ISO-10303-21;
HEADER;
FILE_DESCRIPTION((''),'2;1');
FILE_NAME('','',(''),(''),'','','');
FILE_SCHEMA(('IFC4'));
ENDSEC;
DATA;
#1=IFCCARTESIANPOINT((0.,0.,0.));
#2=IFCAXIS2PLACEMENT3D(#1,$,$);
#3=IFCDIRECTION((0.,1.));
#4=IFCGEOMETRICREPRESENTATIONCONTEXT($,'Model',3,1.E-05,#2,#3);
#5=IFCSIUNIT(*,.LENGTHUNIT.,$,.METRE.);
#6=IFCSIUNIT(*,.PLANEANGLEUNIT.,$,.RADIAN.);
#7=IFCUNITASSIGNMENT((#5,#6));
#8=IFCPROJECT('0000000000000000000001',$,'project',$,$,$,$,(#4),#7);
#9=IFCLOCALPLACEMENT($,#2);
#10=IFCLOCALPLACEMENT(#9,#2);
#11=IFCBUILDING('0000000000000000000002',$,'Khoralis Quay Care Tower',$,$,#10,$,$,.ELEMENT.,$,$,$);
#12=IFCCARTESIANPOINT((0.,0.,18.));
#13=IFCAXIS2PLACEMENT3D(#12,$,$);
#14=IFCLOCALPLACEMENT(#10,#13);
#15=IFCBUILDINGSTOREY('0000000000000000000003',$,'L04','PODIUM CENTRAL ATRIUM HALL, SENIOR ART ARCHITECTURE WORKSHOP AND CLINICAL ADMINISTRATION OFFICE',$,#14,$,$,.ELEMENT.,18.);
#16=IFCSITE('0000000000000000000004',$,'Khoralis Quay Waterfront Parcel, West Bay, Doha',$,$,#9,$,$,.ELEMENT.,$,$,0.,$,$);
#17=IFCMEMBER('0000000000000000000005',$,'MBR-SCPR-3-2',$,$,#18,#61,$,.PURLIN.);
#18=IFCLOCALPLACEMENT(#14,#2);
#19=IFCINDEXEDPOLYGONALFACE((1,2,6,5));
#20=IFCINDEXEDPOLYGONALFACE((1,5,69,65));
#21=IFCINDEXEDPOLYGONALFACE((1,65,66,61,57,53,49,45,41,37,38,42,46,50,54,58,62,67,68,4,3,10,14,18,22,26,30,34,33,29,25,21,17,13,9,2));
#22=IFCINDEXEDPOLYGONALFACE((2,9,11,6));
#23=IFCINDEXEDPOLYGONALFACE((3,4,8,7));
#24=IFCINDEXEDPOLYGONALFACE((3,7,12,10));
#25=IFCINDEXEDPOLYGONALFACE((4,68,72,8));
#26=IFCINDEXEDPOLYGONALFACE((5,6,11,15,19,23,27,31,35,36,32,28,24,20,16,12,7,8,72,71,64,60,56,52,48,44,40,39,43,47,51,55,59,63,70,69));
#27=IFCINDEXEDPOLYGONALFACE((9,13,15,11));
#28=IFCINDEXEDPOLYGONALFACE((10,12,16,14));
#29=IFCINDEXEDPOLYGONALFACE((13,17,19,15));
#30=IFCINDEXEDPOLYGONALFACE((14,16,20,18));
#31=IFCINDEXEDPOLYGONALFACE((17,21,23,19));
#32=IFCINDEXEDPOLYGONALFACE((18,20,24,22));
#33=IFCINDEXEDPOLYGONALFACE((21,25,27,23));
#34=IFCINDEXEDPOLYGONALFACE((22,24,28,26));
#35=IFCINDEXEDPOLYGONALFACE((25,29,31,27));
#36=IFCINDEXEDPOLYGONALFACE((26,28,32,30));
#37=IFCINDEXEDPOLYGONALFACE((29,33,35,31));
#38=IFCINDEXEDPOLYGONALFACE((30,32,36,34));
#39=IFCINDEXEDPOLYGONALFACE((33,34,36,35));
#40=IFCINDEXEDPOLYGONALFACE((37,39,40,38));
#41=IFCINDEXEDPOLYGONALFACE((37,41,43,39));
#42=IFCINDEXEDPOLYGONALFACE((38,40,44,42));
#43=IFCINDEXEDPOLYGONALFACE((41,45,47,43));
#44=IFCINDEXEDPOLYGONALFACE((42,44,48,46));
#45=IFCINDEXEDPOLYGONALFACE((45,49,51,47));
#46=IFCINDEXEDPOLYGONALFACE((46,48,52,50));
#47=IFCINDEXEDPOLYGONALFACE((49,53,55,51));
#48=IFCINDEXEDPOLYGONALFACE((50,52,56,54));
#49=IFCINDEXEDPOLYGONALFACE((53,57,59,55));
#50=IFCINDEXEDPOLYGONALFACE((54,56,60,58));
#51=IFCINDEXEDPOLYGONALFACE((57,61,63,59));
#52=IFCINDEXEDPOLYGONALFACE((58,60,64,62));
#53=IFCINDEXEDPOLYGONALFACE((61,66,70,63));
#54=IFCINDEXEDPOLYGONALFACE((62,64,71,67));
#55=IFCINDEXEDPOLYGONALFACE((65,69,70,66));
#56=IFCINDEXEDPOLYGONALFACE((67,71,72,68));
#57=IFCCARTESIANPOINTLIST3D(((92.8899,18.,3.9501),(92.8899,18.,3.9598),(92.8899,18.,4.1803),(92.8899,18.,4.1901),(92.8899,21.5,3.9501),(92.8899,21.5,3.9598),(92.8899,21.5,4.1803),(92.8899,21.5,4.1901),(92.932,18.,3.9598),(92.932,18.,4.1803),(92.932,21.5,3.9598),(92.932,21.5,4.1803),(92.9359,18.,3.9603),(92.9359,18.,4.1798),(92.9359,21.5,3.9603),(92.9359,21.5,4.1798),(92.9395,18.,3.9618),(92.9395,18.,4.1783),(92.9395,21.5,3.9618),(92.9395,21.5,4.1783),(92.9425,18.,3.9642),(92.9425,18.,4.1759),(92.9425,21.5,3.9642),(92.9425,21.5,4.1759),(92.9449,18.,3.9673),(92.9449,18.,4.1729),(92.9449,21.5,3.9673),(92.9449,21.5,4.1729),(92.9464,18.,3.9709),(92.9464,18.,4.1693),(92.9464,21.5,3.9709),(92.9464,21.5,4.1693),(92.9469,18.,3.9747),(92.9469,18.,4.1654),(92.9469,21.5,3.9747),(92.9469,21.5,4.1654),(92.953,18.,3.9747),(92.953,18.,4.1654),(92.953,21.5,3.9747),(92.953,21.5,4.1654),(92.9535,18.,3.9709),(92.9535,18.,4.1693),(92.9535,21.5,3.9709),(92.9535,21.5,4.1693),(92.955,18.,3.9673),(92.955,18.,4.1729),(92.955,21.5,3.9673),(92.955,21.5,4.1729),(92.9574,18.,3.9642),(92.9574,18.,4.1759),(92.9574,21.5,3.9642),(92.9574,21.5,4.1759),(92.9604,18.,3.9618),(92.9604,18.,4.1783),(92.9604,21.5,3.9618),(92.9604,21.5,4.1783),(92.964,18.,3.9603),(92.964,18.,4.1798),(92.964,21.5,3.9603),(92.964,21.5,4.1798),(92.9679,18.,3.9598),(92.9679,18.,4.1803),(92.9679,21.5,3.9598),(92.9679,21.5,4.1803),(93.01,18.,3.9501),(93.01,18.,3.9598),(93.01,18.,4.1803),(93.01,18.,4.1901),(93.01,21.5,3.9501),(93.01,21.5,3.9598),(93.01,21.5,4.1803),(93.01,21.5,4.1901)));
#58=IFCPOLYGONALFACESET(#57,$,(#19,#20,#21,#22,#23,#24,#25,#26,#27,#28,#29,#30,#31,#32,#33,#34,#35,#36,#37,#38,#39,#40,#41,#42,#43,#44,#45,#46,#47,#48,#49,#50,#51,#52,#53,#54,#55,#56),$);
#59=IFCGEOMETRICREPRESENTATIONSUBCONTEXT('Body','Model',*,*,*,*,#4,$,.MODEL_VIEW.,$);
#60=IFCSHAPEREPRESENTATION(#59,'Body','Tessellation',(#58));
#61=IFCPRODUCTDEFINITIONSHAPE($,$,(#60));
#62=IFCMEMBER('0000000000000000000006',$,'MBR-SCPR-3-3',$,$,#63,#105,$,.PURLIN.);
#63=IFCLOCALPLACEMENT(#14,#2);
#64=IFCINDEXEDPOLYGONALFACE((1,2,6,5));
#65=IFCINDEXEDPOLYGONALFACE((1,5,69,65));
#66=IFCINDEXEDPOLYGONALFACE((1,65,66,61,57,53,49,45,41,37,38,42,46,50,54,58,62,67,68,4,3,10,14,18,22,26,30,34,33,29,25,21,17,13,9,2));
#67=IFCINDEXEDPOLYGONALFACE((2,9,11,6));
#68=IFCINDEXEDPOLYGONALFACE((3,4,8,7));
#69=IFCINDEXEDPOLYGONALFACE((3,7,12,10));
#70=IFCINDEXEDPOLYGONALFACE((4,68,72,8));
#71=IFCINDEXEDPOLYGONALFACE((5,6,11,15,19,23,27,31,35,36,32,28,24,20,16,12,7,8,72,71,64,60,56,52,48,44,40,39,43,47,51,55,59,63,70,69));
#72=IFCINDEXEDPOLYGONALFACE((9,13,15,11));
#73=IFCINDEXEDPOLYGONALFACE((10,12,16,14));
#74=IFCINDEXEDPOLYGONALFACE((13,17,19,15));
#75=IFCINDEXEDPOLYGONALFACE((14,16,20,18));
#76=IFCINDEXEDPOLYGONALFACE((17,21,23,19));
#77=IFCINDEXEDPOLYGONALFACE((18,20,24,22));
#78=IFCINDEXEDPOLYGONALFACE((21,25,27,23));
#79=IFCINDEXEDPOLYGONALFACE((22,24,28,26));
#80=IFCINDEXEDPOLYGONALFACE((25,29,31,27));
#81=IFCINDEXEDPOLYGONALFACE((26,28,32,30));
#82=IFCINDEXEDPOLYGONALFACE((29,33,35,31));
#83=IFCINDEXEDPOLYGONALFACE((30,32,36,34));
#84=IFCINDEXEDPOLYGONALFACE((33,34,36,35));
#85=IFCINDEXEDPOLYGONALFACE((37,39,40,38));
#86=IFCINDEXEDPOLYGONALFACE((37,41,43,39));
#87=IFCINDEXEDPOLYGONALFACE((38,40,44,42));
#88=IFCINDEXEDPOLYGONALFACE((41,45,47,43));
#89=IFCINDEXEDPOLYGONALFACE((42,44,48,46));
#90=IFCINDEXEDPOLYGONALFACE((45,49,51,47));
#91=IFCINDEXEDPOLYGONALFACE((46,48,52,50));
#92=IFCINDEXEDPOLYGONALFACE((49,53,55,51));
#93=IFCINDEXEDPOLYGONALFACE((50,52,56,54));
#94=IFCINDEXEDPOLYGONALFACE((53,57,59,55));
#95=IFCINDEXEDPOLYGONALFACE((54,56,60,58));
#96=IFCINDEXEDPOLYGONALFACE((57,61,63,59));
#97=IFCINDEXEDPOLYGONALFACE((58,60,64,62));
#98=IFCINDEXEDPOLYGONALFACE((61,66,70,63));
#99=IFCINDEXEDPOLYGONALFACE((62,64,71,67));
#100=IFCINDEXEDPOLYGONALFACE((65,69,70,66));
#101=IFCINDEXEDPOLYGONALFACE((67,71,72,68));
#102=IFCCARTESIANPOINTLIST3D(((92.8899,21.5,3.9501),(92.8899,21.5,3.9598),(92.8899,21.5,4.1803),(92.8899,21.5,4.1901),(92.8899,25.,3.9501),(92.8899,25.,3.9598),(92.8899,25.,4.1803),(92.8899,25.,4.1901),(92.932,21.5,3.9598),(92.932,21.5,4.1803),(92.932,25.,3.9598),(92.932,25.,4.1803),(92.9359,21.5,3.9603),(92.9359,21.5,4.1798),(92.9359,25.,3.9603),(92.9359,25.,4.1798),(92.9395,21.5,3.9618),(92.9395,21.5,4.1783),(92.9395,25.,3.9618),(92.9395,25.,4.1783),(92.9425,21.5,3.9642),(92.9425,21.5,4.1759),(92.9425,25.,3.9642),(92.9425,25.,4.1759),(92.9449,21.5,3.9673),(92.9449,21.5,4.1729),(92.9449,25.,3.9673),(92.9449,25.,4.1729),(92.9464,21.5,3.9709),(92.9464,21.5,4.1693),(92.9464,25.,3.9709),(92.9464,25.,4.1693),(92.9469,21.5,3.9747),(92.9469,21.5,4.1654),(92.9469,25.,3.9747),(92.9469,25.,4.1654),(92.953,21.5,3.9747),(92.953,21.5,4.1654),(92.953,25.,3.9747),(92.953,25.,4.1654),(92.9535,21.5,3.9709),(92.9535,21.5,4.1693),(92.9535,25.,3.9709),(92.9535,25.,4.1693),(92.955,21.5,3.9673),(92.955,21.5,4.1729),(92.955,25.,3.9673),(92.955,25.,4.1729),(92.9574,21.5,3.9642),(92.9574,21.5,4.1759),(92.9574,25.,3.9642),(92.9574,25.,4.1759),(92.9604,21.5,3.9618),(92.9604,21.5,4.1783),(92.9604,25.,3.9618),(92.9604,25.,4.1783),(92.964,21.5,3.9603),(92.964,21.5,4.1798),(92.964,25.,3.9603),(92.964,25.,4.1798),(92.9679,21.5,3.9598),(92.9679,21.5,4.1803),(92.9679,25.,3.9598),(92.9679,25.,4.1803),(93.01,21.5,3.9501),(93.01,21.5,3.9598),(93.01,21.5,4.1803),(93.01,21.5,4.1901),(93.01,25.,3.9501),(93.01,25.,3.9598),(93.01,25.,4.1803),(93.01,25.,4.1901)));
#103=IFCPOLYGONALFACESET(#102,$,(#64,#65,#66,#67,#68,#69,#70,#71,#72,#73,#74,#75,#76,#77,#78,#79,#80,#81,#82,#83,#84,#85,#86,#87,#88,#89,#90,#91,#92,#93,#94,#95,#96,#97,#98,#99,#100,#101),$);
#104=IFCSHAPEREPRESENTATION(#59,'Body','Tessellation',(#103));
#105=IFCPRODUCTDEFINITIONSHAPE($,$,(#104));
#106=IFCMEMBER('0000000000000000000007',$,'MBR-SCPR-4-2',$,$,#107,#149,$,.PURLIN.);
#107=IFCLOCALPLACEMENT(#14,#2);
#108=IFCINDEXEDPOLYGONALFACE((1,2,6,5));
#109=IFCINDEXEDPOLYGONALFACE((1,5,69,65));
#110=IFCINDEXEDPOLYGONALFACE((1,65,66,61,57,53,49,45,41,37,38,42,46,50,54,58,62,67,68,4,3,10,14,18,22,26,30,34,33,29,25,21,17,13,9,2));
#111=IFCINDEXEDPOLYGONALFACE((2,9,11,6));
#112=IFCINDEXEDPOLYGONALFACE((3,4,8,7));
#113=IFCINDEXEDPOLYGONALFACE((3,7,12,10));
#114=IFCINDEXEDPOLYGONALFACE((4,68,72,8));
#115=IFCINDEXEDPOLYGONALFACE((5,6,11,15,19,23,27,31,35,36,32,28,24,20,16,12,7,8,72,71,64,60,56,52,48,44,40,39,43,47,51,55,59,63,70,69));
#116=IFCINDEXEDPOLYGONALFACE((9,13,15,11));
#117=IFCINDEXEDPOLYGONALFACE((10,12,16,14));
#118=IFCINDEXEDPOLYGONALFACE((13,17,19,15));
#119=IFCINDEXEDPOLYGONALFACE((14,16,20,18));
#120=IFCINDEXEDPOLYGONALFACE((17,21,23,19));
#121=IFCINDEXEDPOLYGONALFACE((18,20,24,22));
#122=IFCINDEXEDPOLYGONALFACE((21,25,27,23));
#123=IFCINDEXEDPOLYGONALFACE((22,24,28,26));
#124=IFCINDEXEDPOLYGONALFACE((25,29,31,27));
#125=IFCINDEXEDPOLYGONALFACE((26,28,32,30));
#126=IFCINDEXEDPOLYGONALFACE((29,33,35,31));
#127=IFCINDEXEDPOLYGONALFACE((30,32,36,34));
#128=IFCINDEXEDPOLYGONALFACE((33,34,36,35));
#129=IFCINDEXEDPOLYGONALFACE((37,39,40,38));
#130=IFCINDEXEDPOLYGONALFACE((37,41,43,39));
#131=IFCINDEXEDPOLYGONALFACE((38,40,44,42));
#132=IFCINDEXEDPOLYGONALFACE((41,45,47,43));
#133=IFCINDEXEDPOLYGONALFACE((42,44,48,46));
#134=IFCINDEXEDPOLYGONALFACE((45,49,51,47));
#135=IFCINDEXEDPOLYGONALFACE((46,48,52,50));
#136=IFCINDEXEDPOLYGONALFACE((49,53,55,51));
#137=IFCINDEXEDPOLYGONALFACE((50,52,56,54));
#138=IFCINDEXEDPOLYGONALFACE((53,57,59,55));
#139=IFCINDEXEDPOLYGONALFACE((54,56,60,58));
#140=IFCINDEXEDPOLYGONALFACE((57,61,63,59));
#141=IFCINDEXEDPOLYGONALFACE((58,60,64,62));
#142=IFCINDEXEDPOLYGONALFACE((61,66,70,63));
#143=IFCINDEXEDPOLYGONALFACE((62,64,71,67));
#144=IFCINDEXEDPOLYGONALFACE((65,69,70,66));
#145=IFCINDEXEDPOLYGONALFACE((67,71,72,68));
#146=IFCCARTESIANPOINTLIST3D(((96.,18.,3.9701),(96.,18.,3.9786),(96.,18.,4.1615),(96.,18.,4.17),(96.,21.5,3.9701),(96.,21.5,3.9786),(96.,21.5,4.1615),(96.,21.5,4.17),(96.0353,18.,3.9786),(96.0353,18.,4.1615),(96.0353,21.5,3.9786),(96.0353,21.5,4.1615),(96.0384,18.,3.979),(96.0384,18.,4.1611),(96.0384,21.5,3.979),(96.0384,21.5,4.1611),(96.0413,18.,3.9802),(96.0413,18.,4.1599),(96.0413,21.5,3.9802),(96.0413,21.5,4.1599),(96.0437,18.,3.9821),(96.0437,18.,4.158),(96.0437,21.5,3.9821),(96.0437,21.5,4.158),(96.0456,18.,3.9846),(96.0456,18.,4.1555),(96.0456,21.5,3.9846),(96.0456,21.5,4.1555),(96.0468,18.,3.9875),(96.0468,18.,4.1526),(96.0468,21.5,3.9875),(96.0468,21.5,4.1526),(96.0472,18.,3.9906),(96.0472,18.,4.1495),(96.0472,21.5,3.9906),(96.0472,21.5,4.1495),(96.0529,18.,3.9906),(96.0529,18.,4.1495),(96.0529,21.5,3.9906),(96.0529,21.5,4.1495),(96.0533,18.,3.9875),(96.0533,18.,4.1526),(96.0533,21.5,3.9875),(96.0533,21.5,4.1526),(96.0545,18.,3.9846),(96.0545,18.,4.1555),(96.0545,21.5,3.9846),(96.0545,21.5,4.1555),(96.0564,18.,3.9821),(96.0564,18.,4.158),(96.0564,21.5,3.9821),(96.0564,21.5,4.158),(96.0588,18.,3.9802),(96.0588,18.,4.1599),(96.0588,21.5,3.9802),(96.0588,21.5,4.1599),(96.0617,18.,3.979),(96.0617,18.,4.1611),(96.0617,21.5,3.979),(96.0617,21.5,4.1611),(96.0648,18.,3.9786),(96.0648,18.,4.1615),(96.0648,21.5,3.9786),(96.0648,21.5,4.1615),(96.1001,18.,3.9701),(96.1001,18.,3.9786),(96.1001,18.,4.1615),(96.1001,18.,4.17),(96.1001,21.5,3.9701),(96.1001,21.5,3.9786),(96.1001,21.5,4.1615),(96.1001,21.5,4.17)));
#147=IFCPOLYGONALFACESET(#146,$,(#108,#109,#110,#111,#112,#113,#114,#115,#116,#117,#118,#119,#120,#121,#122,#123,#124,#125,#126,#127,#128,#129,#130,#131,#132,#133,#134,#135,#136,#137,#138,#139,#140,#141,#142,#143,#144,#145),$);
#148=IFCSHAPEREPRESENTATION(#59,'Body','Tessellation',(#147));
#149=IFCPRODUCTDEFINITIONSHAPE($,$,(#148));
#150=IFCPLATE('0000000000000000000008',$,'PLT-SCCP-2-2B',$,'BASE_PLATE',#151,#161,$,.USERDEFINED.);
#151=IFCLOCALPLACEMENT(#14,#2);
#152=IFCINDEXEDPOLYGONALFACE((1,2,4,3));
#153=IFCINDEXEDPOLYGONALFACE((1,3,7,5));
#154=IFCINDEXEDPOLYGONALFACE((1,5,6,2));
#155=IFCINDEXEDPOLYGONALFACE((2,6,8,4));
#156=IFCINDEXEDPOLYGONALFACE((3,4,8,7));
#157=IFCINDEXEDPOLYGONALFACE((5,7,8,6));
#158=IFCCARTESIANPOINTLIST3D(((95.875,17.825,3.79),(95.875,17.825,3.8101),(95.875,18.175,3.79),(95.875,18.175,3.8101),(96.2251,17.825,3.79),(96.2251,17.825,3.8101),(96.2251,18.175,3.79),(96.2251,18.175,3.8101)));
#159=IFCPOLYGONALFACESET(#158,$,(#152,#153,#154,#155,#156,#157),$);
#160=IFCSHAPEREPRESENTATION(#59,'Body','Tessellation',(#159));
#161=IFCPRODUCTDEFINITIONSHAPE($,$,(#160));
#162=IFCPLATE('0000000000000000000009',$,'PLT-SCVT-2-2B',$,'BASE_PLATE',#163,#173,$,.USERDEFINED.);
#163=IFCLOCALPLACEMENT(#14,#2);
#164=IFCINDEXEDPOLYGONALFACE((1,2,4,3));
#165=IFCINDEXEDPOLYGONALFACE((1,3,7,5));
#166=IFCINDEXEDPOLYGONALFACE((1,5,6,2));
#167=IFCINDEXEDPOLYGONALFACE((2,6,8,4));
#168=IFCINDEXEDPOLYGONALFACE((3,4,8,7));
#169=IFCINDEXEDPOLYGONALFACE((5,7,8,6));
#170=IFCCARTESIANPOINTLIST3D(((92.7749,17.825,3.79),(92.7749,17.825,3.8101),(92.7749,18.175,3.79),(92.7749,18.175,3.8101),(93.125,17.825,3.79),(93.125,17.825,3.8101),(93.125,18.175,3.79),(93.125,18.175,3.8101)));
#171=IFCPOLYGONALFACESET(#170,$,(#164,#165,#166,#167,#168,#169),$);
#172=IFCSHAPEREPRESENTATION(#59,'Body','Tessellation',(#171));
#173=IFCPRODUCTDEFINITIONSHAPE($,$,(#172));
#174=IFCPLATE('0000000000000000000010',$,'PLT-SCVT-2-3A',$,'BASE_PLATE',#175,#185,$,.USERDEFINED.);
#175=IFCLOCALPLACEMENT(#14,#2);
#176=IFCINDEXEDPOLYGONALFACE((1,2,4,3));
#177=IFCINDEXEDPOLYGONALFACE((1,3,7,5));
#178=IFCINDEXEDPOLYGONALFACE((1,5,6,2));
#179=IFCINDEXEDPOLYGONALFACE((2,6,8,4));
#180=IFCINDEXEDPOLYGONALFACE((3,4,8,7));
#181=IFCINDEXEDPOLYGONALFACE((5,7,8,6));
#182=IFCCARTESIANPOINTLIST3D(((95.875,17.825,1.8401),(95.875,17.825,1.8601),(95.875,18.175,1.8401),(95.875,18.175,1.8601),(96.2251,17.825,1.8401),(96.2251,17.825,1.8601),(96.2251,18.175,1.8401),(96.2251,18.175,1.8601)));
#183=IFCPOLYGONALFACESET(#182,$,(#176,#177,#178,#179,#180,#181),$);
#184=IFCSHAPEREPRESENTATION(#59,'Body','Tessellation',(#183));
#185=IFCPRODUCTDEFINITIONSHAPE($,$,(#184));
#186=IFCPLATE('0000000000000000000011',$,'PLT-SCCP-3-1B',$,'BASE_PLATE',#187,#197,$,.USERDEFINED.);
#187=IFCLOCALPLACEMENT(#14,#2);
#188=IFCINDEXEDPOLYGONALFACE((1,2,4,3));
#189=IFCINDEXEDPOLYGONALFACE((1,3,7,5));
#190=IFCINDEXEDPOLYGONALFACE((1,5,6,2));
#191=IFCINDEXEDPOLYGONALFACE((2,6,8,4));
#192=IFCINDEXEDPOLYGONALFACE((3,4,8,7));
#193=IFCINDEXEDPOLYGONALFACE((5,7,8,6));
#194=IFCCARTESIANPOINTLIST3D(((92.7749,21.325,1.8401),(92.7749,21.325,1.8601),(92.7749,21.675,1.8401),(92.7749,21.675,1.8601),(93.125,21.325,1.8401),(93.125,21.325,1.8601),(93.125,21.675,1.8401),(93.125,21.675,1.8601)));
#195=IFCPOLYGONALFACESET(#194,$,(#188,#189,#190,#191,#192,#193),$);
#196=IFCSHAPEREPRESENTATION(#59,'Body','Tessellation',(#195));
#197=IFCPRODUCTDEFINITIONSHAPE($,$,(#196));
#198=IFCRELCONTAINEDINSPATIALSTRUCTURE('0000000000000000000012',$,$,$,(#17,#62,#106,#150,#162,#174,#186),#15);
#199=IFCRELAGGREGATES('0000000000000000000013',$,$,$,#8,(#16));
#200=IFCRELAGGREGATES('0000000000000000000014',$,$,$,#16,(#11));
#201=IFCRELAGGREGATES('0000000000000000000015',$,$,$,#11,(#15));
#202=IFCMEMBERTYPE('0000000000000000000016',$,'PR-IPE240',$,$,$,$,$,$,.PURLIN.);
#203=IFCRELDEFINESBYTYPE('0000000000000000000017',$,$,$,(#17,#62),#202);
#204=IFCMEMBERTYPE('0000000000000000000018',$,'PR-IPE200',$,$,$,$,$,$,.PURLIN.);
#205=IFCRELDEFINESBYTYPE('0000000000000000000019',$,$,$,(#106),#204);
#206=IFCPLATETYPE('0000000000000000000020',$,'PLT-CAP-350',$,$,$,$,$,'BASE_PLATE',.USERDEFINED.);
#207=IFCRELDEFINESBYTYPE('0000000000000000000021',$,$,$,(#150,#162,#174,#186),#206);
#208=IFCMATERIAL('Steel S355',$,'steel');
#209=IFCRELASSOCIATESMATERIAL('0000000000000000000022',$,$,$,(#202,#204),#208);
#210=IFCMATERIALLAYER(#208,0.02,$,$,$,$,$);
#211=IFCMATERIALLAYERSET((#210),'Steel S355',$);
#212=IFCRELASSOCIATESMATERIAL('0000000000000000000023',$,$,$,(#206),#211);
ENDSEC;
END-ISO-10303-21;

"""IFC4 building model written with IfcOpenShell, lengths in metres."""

from ifc_helpers import new_model, si_unit, direction, frame, origin, origin_2d, place, context, subcontext, project, spatial, rectangle, i_section, extrude, source, transform, mapped, material, layer, layer_set, material_profile, profile_set, type_object, element, save


model = new_model("IFC4")

# Units and contexts
model_context = context("Model", 3, precision=1e-05, world=origin(), true_north=direction((0.0, 1.0)))
body_context = subcontext(model_context, "Body", "Model", "MODEL_VIEW")
ifc_project = project(units=[si_unit("LENGTHUNIT", "METRE"), si_unit("PLANEANGLEUNIT", "RADIAN")], contexts=[model_context])

# Site, building, storey
site_placement = place(None, origin())
site = spatial("IfcSite", under=ifc_project, at=site_placement, Name="Khoralis Quay Waterfront Parcel, West Bay, Doha", CompositionType="ELEMENT", RefElevation=0.0)
building_placement = place(site_placement, origin())
building = spatial("IfcBuilding", under=site, at=building_placement, Name="Khoralis Quay Care Tower", CompositionType="ELEMENT")
storey_placement = place(building_placement, frame((0.0, 0.0, 18.0)))
storey = spatial("IfcBuildingStorey", under=building, at=storey_placement, Name="L04", Description="PODIUM CENTRAL ATRIUM HALL, SENIOR ART ARCHITECTURE WORKSHOP AND CLINICAL ADMINISTRATION OFFICE", CompositionType="ELEMENT", Elevation=18.0)

# Members
ifc_material = material(Name="Steel S355", Category="steel")
ifc_material_profile_1 = material_profile(ifc_material, i_section(OverallWidth=0.1201, OverallDepth=0.24, WebThickness=0.0061, FlangeThickness=0.0098, FilletRadius=0.0149, at=origin_2d()), Name="Steel S355")
ifc_profile_set_1 = profile_set([ifc_material_profile_1], Name="Steel S355")
member_type_1 = type_object("IfcMemberType", Name="PR-IPE240", PredefinedType="PURLIN", material=ifc_profile_set_1)
shared_shape_1 = source(origin(), body_context, "Body", "SweptSolid", [
    extrude(i_section(OverallWidth=0.1201, OverallDepth=0.24, WebThickness=0.0061, FlangeThickness=0.0098, FilletRadius=0.0149, at=origin_2d()), origin(), (0.0, 0.0, 1.0), 3.5),
])
for number, where, z_axis, x_axis, name in (
    (1, (92.95, 18.0, 4.0701), (0.0, 1.0, 0.0), (-1.0, 0.0, 0.0), "MBR-SCPR-3-2"),
    (2, (92.95, 21.5, 4.0701), (0.0, 1.0, 0.0), (-1.0, 0.0, 0.0), "MBR-SCPR-3-3"),
):
    element("IfcMember", number, at=place(storey_placement, frame(where, z_axis=z_axis, x_axis=x_axis)), inside=storey, type_object=member_type_1, Name=name, PredefinedType="PURLIN", context=body_context, shape_type="MappedRepresentation", body=[
        mapped(shared_shape_1, transform((0.0, 0.0, 0.0), scale=1.0)),
    ])
ifc_material_profile_2 = material_profile(ifc_material, i_section(OverallWidth=0.1001, OverallDepth=0.2, WebThickness=0.0056, FlangeThickness=0.0085, FilletRadius=0.012, at=origin_2d()), Name="Steel S355")
ifc_profile_set_2 = profile_set([ifc_material_profile_2], Name="Steel S355")
member_type_2 = type_object("IfcMemberType", Name="PR-IPE200", PredefinedType="PURLIN", material=ifc_profile_set_2)
shared_shape_2 = source(origin(), body_context, "Body", "SweptSolid", [
    extrude(i_section(OverallWidth=0.1001, OverallDepth=0.2, WebThickness=0.0056, FlangeThickness=0.0085, FilletRadius=0.012, at=origin_2d()), origin(), (0.0, 0.0, 1.0), 3.5),
])
member_1_placement = place(storey_placement, frame((96.05, 18.0, 4.0701), z_axis=(0.0, 1.0, 0.0), x_axis=(-1.0, 0.0, 0.0)))
element("IfcMember", 3, at=member_1_placement, inside=storey, type_object=member_type_2, Name="MBR-SCPR-4-2", PredefinedType="PURLIN", context=body_context, shape_type="MappedRepresentation", body=[
    mapped(shared_shape_2, transform((0.0, 0.0, 0.0), scale=1.0)),
])

# Plates
ifc_layer = layer(ifc_material, 0.02)
ifc_layer_set = layer_set([ifc_layer], Name="Steel S355")
plate_type = type_object("IfcPlateType", Name="PLT-CAP-350", ElementType="BASE_PLATE", PredefinedType="USERDEFINED", material=ifc_layer_set)
shared_shape_3 = source(origin(), body_context, "Body", "SweptSolid", [
    extrude(rectangle(XDim=0.3501, YDim=0.3501, at=origin_2d()), origin(), (0.0, 0.0, 1.0), 0.02),
])
for number, where, z_axis, x_axis, name in (
    (4, (96.05, 18.0, 3.79), (0.0, 0.0, 1.0), (1.0, 0.0, 0.0), "PLT-SCCP-2-2B"),
    (5, (92.95, 18.0, 3.79), (0.0, 0.0, 1.0), (1.0, 0.0, 0.0), "PLT-SCVT-2-2B"),
    (6, (96.05, 18.0, 1.8401), (0.0, 0.0, 1.0), (1.0, 0.0, 0.0), "PLT-SCVT-2-3A"),
    (7, (92.95, 21.5, 1.8401), (0.0, 0.0, 1.0), (1.0, 0.0, 0.0), "PLT-SCCP-3-1B"),
):
    element("IfcPlate", number, at=place(storey_placement, frame(where, z_axis=z_axis, x_axis=x_axis)), inside=storey, type_object=plate_type, Name=name, ObjectType="BASE_PLATE", PredefinedType="USERDEFINED", context=body_context, shape_type="MappedRepresentation", body=[
        mapped(shared_shape_3, transform((0.0, 0.0, 0.0), scale=1.0)),
    ])

save(model, "model.ifc")
